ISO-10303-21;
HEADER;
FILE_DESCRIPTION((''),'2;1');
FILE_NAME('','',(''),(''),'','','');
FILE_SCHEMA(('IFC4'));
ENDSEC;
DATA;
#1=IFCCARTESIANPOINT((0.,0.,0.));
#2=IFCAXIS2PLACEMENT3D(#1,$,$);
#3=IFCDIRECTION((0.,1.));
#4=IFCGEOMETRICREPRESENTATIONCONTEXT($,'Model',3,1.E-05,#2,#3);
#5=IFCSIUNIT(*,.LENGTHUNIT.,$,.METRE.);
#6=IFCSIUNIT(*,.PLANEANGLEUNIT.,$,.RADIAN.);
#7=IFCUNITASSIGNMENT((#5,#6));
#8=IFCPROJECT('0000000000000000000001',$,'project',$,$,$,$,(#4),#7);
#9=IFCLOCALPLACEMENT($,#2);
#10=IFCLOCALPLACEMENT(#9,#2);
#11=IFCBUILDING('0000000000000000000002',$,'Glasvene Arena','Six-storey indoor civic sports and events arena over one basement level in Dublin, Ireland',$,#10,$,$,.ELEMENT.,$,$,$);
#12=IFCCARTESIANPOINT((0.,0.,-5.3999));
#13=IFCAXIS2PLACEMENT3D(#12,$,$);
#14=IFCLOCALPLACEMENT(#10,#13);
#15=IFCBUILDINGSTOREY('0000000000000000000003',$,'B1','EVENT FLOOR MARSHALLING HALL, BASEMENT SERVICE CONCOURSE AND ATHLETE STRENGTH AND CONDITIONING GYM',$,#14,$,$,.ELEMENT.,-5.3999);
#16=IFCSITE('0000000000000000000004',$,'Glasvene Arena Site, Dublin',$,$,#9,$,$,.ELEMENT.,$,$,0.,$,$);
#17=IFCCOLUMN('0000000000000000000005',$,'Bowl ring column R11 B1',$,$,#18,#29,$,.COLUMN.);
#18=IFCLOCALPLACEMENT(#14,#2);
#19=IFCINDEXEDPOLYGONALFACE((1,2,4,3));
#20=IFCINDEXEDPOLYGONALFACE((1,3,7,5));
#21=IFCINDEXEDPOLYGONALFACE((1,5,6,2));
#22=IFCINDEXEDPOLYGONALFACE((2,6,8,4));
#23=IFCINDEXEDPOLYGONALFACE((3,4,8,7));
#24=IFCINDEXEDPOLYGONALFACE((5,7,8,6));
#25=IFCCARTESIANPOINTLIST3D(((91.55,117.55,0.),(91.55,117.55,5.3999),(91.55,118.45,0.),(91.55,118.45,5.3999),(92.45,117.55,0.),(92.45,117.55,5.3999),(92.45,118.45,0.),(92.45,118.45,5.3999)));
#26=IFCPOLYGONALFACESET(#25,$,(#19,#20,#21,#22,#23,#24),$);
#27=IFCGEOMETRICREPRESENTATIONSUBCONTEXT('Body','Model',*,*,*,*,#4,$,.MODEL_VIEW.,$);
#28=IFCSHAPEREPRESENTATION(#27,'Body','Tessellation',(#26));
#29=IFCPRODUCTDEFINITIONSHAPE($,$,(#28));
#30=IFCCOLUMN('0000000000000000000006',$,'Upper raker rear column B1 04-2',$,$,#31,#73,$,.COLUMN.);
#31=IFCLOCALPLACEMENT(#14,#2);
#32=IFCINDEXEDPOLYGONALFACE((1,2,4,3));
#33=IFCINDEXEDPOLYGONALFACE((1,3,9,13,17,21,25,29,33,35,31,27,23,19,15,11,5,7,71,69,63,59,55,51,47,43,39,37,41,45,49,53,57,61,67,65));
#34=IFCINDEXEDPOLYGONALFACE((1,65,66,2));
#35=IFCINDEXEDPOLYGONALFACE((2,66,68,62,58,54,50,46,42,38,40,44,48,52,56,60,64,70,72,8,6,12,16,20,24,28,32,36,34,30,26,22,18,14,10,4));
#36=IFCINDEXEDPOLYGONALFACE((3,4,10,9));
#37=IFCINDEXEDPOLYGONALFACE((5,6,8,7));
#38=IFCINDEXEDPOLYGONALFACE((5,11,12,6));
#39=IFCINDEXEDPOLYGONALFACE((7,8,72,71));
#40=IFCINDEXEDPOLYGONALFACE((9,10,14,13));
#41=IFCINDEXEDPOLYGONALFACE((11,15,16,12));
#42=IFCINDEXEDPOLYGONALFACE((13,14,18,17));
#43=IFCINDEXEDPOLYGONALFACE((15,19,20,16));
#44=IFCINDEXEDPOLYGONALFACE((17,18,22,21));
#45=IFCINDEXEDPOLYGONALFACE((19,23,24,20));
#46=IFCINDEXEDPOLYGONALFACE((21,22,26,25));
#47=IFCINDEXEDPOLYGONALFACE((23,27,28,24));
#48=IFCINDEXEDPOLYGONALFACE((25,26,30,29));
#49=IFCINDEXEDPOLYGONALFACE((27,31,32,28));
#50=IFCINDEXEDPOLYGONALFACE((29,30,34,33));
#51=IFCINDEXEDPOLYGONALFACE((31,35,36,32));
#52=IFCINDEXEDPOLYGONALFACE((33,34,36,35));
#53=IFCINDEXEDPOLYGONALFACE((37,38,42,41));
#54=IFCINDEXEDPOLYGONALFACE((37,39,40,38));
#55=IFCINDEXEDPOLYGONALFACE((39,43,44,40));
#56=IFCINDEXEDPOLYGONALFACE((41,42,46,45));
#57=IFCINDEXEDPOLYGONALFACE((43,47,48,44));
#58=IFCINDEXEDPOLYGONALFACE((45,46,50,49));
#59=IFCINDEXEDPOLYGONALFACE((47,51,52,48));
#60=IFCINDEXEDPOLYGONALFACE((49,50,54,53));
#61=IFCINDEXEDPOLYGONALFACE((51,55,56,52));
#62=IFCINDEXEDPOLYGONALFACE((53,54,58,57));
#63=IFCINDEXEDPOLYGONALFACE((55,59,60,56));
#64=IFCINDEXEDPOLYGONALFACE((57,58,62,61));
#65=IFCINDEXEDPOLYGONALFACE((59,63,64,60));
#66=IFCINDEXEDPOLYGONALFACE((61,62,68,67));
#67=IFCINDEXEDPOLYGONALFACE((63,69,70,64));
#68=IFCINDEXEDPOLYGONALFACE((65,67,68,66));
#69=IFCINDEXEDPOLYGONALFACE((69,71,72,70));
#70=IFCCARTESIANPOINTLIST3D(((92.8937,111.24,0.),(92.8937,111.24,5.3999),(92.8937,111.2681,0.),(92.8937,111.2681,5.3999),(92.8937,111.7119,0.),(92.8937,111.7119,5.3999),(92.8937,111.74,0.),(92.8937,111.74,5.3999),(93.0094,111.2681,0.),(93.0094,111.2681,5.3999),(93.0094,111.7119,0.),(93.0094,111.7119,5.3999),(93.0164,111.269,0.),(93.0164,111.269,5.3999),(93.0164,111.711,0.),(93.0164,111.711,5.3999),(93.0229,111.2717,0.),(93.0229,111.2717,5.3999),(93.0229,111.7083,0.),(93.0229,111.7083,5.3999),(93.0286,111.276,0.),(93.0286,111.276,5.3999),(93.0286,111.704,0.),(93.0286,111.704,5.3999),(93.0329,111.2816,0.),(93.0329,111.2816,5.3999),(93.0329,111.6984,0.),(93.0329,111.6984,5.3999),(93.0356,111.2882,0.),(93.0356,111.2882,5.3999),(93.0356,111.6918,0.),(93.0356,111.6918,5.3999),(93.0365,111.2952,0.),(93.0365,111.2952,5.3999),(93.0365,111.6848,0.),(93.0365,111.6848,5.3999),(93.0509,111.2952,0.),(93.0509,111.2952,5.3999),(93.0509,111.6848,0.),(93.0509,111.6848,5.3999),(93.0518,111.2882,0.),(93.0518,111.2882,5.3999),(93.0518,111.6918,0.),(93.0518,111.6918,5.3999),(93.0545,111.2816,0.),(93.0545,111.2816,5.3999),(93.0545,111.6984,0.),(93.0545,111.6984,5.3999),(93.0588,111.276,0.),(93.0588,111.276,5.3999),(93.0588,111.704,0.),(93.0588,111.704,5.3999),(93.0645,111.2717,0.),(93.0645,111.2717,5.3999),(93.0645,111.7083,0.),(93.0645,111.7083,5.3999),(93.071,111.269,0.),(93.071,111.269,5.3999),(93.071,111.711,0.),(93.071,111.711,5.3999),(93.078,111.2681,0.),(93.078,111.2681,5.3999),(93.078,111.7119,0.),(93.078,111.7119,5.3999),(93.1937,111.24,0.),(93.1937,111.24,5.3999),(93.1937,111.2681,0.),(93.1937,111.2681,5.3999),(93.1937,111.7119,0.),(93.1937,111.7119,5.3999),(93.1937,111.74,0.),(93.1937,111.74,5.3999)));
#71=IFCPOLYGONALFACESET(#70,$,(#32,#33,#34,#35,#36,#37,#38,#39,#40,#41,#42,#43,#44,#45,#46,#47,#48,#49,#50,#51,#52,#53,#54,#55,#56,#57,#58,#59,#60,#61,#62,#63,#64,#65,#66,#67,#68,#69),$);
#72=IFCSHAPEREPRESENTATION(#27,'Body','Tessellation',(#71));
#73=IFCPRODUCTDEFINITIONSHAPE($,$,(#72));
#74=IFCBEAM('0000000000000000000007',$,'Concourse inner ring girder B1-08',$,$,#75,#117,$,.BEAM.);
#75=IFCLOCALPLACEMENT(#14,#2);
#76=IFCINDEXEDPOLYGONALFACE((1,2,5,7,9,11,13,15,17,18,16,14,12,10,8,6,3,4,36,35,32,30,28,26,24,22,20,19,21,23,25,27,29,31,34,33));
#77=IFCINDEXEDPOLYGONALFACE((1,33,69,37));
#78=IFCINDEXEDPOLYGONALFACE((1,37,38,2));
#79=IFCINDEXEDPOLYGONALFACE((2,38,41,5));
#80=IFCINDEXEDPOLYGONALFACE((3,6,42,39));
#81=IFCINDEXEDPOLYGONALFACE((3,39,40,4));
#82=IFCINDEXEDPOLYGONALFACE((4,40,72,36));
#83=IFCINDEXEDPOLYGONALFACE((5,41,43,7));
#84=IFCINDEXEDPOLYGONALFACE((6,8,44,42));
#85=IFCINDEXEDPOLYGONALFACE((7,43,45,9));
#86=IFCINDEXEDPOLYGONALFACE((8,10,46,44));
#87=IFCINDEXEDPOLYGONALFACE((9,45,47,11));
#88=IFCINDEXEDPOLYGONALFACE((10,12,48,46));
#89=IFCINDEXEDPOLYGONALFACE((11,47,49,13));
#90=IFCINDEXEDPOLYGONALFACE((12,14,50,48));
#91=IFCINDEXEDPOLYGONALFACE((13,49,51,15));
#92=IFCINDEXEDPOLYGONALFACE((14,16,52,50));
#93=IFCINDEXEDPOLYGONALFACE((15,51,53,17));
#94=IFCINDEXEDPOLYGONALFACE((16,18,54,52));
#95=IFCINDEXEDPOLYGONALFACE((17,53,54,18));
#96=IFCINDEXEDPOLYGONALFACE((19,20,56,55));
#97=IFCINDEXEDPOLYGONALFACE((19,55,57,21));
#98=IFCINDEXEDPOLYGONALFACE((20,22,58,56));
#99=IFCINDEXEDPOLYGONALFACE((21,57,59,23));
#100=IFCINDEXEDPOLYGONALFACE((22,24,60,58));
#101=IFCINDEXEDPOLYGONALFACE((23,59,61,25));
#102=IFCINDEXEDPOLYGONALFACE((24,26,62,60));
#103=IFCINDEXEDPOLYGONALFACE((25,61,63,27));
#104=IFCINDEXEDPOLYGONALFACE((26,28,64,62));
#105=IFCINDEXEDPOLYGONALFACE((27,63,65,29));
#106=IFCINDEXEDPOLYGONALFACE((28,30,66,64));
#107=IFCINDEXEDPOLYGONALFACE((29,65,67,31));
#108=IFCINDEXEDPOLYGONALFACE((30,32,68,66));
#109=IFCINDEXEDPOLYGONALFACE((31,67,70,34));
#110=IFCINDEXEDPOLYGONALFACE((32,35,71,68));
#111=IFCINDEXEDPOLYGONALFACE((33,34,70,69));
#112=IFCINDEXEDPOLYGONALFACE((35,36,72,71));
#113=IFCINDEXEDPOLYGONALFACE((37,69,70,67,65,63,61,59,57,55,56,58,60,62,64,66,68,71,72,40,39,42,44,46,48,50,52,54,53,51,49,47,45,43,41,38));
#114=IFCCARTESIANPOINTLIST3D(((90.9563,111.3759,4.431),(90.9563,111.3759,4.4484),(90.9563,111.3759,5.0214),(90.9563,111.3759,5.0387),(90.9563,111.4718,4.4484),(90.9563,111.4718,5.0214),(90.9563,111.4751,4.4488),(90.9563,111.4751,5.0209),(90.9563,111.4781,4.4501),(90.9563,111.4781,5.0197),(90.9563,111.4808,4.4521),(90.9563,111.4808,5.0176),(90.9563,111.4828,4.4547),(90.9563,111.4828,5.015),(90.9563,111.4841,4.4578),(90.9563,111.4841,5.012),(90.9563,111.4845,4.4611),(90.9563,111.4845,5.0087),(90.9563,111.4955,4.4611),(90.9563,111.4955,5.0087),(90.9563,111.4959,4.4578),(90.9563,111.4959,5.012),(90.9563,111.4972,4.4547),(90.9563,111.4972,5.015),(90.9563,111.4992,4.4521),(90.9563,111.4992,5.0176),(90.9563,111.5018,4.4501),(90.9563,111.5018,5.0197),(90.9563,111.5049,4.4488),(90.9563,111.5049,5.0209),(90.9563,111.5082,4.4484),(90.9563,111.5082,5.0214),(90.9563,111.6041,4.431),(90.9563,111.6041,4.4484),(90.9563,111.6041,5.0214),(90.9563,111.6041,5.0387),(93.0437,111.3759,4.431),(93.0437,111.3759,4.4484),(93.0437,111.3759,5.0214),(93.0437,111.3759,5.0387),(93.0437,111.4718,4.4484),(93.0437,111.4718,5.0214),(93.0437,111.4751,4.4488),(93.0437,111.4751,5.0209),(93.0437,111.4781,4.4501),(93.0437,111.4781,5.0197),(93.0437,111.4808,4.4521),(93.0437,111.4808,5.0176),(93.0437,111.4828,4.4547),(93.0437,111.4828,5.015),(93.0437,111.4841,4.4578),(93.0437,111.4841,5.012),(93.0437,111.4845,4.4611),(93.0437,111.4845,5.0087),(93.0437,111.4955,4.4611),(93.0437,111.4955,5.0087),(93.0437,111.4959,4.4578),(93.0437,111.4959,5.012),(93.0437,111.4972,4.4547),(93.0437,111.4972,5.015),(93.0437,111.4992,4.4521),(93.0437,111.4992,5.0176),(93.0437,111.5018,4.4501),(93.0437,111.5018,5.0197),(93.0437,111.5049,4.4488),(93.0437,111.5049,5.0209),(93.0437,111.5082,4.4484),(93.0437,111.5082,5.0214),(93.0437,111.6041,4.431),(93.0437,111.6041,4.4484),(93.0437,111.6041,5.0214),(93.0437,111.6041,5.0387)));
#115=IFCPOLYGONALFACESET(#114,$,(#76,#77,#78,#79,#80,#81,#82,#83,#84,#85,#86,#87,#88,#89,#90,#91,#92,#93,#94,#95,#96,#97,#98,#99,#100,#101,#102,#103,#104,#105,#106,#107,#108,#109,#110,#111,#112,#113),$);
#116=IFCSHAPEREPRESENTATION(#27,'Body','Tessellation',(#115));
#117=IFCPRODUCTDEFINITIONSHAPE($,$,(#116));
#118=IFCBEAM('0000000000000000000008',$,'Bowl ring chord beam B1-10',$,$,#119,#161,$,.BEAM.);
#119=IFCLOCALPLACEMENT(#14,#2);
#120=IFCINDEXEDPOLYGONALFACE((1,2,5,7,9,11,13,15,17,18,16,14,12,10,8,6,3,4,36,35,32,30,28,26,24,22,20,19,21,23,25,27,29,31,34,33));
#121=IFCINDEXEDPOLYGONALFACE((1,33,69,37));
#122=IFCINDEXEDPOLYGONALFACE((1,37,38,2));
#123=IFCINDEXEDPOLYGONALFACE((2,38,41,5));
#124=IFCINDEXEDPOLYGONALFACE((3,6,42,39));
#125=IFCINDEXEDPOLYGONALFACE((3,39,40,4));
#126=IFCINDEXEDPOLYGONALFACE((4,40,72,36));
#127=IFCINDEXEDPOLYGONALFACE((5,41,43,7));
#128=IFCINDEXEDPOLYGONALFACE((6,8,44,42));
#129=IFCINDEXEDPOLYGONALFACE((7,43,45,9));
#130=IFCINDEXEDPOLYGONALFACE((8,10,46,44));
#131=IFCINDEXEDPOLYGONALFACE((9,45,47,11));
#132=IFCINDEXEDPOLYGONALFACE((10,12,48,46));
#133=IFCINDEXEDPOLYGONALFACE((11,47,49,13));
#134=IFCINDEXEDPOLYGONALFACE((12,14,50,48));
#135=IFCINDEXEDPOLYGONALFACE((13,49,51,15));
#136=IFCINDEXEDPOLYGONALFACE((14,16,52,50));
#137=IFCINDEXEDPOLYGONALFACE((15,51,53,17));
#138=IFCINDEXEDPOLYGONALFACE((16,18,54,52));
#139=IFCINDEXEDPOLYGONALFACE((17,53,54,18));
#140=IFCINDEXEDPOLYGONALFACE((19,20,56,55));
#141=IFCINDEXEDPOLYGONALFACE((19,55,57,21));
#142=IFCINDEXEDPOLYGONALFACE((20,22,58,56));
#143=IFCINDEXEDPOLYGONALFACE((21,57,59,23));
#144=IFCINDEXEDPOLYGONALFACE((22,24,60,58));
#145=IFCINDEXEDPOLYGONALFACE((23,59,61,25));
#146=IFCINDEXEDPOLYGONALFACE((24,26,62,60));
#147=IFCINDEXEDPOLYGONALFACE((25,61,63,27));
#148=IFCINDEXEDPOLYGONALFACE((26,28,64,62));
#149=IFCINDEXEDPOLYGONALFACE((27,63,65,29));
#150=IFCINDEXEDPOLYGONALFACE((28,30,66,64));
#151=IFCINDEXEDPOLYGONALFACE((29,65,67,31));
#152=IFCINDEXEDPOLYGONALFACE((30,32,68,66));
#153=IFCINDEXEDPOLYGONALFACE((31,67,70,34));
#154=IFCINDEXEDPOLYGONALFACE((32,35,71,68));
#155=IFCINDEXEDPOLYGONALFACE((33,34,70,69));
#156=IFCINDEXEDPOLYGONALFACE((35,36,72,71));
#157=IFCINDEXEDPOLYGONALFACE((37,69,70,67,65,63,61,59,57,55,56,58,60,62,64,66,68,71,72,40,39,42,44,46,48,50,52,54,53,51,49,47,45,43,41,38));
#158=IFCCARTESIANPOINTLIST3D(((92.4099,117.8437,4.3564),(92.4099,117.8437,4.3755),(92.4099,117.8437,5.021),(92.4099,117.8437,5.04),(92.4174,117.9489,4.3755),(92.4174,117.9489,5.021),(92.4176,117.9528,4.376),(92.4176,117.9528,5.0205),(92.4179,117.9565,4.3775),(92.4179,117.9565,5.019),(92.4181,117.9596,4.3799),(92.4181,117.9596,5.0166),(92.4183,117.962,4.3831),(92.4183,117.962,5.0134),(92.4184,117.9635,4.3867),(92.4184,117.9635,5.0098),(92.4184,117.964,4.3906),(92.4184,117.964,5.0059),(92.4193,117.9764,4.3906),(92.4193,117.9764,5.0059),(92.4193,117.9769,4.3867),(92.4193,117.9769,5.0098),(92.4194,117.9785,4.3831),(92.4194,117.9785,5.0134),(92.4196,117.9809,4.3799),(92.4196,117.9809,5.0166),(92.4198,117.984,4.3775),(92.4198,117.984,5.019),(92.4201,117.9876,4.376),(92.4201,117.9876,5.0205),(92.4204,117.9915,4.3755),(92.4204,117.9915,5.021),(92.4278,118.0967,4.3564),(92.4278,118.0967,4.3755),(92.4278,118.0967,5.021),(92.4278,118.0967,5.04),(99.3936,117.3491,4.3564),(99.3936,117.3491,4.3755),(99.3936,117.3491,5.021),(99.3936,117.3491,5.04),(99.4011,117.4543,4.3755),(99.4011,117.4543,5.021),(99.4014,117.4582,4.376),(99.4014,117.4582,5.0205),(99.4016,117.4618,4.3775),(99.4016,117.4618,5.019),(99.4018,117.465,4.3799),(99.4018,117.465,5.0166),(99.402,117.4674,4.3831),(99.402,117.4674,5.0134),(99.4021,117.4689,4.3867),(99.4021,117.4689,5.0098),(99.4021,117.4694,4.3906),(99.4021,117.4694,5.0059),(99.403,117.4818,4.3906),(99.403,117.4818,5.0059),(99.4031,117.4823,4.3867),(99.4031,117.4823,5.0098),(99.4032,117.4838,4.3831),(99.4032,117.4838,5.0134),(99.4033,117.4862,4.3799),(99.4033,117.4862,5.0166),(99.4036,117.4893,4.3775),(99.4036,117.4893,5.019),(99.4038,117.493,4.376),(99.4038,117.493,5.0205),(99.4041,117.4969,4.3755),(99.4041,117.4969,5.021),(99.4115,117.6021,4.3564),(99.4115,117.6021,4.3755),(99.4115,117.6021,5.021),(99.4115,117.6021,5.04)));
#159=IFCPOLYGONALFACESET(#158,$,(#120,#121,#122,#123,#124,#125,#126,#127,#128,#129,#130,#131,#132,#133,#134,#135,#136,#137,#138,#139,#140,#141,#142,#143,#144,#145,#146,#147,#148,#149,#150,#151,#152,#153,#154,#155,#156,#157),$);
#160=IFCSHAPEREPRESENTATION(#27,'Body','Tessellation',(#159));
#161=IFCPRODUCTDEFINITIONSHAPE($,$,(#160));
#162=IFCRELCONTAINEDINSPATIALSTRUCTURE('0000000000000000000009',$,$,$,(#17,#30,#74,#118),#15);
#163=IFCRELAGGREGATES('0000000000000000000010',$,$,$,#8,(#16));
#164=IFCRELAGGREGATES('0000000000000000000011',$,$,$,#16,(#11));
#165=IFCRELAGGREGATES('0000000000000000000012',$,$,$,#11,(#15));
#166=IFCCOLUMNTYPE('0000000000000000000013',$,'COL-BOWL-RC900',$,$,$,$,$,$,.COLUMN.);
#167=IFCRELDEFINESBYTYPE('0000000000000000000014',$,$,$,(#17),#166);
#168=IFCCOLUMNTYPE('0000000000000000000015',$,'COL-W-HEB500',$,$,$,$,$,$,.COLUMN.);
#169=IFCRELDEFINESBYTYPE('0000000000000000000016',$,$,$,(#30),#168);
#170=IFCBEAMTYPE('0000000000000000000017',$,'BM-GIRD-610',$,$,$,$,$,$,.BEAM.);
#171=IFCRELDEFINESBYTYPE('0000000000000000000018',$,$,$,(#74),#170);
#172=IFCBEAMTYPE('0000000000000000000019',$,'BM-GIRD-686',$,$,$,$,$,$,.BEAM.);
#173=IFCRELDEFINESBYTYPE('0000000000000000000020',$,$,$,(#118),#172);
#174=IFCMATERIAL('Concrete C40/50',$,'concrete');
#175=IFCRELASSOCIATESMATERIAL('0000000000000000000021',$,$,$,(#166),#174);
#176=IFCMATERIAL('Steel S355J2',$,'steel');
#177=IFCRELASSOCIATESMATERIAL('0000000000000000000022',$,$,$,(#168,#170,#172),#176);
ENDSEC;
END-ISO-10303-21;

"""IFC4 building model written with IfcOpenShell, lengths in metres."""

from ifc_helpers import new_model, si_unit, direction, frame, origin, origin_2d, place, context, subcontext, project, spatial, rectangle, i_section, extrude, material, material_profile, profile_set, type_object, element, save


model = new_model("IFC4")

# Units and contexts
model_context = context("Model", 3, precision=1e-05, world=origin(), true_north=direction((0.0, 1.0)))
body_context = subcontext(model_context, "Body", "Model", "MODEL_VIEW")
ifc_project = project(units=[si_unit("LENGTHUNIT", "METRE"), si_unit("PLANEANGLEUNIT", "RADIAN")], contexts=[model_context])

# Site, building, storey
site_placement = place(None, origin())
site = spatial("IfcSite", under=ifc_project, at=site_placement, Name="Glasvene Arena Site, Dublin", CompositionType="ELEMENT", RefElevation=0.0)
building_placement = place(site_placement, origin())
building = spatial("IfcBuilding", under=site, at=building_placement, Name="Glasvene Arena", Description="Six-storey indoor civic sports and events arena over one basement level in Dublin, Ireland", CompositionType="ELEMENT")
storey_placement = place(building_placement, frame((0.0, 0.0, -5.3999)))
storey = spatial("IfcBuildingStorey", under=building, at=storey_placement, Name="B1", Description="EVENT FLOOR MARSHALLING HALL, BASEMENT SERVICE CONCOURSE AND ATHLETE STRENGTH AND CONDITIONING GYM", CompositionType="ELEMENT", Elevation=-5.3999)

# Shared definitions
ifc_material_1 = material(Name="Concrete C40/50", Category="concrete")

# Columns
ifc_material_profile_1 = material_profile(ifc_material_1, rectangle(XDim=0.8999, YDim=0.8999, at=origin_2d()), Name="RC 900x900")
ifc_profile_set_1 = profile_set([ifc_material_profile_1], Name="Concrete C40/50")
column_type_1 = type_object("IfcColumnType", Name="COL-BOWL-RC900", PredefinedType="COLUMN", material=ifc_profile_set_1)
for number, where, z_axis, x_axis, name in (
    (1, (92.0, 118.0, 0.0), (0.0, 0.0, 1.0), (1.0, 0.0, 0.0), "Bowl ring column R11 B1"),
):
    element("IfcColumn", number, at=place(storey_placement, frame(where, z_axis=z_axis, x_axis=x_axis)), inside=storey, type_object=column_type_1, Name=name, PredefinedType="COLUMN", context=body_context, shape_type="SweptSolid", body=[
        extrude(rectangle(XDim=0.8999, YDim=0.8999, at=origin_2d()), origin(), (0.0, 0.0, 1.0), 5.3999),
    ])
ifc_material_2 = material(Name="Steel S355J2", Category="steel")
ifc_material_profile_2 = material_profile(ifc_material_2, i_section(OverallWidth=0.3, OverallDepth=0.5, WebThickness=0.0144, FlangeThickness=0.0281, FilletRadius=0.0271, at=origin_2d()), Name="HEB 500")
ifc_profile_set_2 = profile_set([ifc_material_profile_2], Name="Steel S355J2")
column_type_2 = type_object("IfcColumnType", Name="COL-W-HEB500", PredefinedType="COLUMN", material=ifc_profile_set_2)
column_placement = place(storey_placement, frame((93.0437, 111.49, 0.0), z_axis=(0.0, 0.0, 1.0), x_axis=(1.0, 0.0, 0.0)))
element("IfcColumn", 2, at=column_placement, inside=storey, type_object=column_type_2, Name="Upper raker rear column B1 04-2", PredefinedType="COLUMN", context=body_context, shape_type="SweptSolid", body=[
    extrude(i_section(OverallWidth=0.3, OverallDepth=0.5, WebThickness=0.0144, FlangeThickness=0.0281, FilletRadius=0.0271, at=origin_2d()), origin(), (0.0, 0.0, 1.0), 5.3999),
])

# Beams
ifc_material_profile_3 = material_profile(ifc_material_2, i_section(OverallWidth=0.2283, OverallDepth=0.6077, WebThickness=0.011, FlangeThickness=0.0173, FilletRadius=0.0127, at=origin_2d()), Name="UKB 610x229x113")
ifc_profile_set_3 = profile_set([ifc_material_profile_3], Name="Steel S355J2")
beam_type_1 = type_object("IfcBeamType", Name="BM-GIRD-610", PredefinedType="BEAM", material=ifc_profile_set_3)
beam_1_placement = place(storey_placement, frame((93.0437, 111.49, 4.7349), z_axis=(-1.0, 0.0, 0.0), x_axis=(0.0, -1.0, 0.0)))
element("IfcBeam", 3, at=beam_1_placement, inside=storey, type_object=beam_type_1, Name="Concourse inner ring girder B1-08", PredefinedType="BEAM", context=body_context, shape_type="SweptSolid", body=[
    extrude(i_section(OverallWidth=0.2283, OverallDepth=0.6077, WebThickness=0.011, FlangeThickness=0.0173, FilletRadius=0.0127, at=origin_2d()), origin(), (0.0, 0.0, 1.0), 2.0874),
])
ifc_material_profile_4 = material_profile(ifc_material_2, i_section(OverallWidth=0.2537, OverallDepth=0.6836, WebThickness=0.0125, FlangeThickness=0.019, FilletRadius=0.0151, at=origin_2d()), Name="UKB 686x254x140")
ifc_profile_set_4 = profile_set([ifc_material_profile_4], Name="Steel S355J2")
beam_type_2 = type_object("IfcBeamType", Name="BM-GIRD-686", PredefinedType="BEAM", material=ifc_profile_set_4)
for number, where, z_axis, x_axis, name in (
    (4, (99.4026, 117.4756, 4.6982), (-0.997501, 0.07065, 0.0), (-0.07065, -0.997501, 0.0), "Bowl ring chord beam B1-10"),
):
    element("IfcBeam", number, at=place(storey_placement, frame(where, z_axis=z_axis, x_axis=x_axis)), inside=storey, type_object=beam_type_2, Name=name, PredefinedType="BEAM", context=body_context, shape_type="SweptSolid", body=[
        extrude(i_section(OverallWidth=0.2537, OverallDepth=0.6836, WebThickness=0.0125, FlangeThickness=0.019, FilletRadius=0.0151, at=origin_2d()), origin(), (0.0, 0.0, 1.0), 7.0012),
    ])

save(model, "model.ifc")
